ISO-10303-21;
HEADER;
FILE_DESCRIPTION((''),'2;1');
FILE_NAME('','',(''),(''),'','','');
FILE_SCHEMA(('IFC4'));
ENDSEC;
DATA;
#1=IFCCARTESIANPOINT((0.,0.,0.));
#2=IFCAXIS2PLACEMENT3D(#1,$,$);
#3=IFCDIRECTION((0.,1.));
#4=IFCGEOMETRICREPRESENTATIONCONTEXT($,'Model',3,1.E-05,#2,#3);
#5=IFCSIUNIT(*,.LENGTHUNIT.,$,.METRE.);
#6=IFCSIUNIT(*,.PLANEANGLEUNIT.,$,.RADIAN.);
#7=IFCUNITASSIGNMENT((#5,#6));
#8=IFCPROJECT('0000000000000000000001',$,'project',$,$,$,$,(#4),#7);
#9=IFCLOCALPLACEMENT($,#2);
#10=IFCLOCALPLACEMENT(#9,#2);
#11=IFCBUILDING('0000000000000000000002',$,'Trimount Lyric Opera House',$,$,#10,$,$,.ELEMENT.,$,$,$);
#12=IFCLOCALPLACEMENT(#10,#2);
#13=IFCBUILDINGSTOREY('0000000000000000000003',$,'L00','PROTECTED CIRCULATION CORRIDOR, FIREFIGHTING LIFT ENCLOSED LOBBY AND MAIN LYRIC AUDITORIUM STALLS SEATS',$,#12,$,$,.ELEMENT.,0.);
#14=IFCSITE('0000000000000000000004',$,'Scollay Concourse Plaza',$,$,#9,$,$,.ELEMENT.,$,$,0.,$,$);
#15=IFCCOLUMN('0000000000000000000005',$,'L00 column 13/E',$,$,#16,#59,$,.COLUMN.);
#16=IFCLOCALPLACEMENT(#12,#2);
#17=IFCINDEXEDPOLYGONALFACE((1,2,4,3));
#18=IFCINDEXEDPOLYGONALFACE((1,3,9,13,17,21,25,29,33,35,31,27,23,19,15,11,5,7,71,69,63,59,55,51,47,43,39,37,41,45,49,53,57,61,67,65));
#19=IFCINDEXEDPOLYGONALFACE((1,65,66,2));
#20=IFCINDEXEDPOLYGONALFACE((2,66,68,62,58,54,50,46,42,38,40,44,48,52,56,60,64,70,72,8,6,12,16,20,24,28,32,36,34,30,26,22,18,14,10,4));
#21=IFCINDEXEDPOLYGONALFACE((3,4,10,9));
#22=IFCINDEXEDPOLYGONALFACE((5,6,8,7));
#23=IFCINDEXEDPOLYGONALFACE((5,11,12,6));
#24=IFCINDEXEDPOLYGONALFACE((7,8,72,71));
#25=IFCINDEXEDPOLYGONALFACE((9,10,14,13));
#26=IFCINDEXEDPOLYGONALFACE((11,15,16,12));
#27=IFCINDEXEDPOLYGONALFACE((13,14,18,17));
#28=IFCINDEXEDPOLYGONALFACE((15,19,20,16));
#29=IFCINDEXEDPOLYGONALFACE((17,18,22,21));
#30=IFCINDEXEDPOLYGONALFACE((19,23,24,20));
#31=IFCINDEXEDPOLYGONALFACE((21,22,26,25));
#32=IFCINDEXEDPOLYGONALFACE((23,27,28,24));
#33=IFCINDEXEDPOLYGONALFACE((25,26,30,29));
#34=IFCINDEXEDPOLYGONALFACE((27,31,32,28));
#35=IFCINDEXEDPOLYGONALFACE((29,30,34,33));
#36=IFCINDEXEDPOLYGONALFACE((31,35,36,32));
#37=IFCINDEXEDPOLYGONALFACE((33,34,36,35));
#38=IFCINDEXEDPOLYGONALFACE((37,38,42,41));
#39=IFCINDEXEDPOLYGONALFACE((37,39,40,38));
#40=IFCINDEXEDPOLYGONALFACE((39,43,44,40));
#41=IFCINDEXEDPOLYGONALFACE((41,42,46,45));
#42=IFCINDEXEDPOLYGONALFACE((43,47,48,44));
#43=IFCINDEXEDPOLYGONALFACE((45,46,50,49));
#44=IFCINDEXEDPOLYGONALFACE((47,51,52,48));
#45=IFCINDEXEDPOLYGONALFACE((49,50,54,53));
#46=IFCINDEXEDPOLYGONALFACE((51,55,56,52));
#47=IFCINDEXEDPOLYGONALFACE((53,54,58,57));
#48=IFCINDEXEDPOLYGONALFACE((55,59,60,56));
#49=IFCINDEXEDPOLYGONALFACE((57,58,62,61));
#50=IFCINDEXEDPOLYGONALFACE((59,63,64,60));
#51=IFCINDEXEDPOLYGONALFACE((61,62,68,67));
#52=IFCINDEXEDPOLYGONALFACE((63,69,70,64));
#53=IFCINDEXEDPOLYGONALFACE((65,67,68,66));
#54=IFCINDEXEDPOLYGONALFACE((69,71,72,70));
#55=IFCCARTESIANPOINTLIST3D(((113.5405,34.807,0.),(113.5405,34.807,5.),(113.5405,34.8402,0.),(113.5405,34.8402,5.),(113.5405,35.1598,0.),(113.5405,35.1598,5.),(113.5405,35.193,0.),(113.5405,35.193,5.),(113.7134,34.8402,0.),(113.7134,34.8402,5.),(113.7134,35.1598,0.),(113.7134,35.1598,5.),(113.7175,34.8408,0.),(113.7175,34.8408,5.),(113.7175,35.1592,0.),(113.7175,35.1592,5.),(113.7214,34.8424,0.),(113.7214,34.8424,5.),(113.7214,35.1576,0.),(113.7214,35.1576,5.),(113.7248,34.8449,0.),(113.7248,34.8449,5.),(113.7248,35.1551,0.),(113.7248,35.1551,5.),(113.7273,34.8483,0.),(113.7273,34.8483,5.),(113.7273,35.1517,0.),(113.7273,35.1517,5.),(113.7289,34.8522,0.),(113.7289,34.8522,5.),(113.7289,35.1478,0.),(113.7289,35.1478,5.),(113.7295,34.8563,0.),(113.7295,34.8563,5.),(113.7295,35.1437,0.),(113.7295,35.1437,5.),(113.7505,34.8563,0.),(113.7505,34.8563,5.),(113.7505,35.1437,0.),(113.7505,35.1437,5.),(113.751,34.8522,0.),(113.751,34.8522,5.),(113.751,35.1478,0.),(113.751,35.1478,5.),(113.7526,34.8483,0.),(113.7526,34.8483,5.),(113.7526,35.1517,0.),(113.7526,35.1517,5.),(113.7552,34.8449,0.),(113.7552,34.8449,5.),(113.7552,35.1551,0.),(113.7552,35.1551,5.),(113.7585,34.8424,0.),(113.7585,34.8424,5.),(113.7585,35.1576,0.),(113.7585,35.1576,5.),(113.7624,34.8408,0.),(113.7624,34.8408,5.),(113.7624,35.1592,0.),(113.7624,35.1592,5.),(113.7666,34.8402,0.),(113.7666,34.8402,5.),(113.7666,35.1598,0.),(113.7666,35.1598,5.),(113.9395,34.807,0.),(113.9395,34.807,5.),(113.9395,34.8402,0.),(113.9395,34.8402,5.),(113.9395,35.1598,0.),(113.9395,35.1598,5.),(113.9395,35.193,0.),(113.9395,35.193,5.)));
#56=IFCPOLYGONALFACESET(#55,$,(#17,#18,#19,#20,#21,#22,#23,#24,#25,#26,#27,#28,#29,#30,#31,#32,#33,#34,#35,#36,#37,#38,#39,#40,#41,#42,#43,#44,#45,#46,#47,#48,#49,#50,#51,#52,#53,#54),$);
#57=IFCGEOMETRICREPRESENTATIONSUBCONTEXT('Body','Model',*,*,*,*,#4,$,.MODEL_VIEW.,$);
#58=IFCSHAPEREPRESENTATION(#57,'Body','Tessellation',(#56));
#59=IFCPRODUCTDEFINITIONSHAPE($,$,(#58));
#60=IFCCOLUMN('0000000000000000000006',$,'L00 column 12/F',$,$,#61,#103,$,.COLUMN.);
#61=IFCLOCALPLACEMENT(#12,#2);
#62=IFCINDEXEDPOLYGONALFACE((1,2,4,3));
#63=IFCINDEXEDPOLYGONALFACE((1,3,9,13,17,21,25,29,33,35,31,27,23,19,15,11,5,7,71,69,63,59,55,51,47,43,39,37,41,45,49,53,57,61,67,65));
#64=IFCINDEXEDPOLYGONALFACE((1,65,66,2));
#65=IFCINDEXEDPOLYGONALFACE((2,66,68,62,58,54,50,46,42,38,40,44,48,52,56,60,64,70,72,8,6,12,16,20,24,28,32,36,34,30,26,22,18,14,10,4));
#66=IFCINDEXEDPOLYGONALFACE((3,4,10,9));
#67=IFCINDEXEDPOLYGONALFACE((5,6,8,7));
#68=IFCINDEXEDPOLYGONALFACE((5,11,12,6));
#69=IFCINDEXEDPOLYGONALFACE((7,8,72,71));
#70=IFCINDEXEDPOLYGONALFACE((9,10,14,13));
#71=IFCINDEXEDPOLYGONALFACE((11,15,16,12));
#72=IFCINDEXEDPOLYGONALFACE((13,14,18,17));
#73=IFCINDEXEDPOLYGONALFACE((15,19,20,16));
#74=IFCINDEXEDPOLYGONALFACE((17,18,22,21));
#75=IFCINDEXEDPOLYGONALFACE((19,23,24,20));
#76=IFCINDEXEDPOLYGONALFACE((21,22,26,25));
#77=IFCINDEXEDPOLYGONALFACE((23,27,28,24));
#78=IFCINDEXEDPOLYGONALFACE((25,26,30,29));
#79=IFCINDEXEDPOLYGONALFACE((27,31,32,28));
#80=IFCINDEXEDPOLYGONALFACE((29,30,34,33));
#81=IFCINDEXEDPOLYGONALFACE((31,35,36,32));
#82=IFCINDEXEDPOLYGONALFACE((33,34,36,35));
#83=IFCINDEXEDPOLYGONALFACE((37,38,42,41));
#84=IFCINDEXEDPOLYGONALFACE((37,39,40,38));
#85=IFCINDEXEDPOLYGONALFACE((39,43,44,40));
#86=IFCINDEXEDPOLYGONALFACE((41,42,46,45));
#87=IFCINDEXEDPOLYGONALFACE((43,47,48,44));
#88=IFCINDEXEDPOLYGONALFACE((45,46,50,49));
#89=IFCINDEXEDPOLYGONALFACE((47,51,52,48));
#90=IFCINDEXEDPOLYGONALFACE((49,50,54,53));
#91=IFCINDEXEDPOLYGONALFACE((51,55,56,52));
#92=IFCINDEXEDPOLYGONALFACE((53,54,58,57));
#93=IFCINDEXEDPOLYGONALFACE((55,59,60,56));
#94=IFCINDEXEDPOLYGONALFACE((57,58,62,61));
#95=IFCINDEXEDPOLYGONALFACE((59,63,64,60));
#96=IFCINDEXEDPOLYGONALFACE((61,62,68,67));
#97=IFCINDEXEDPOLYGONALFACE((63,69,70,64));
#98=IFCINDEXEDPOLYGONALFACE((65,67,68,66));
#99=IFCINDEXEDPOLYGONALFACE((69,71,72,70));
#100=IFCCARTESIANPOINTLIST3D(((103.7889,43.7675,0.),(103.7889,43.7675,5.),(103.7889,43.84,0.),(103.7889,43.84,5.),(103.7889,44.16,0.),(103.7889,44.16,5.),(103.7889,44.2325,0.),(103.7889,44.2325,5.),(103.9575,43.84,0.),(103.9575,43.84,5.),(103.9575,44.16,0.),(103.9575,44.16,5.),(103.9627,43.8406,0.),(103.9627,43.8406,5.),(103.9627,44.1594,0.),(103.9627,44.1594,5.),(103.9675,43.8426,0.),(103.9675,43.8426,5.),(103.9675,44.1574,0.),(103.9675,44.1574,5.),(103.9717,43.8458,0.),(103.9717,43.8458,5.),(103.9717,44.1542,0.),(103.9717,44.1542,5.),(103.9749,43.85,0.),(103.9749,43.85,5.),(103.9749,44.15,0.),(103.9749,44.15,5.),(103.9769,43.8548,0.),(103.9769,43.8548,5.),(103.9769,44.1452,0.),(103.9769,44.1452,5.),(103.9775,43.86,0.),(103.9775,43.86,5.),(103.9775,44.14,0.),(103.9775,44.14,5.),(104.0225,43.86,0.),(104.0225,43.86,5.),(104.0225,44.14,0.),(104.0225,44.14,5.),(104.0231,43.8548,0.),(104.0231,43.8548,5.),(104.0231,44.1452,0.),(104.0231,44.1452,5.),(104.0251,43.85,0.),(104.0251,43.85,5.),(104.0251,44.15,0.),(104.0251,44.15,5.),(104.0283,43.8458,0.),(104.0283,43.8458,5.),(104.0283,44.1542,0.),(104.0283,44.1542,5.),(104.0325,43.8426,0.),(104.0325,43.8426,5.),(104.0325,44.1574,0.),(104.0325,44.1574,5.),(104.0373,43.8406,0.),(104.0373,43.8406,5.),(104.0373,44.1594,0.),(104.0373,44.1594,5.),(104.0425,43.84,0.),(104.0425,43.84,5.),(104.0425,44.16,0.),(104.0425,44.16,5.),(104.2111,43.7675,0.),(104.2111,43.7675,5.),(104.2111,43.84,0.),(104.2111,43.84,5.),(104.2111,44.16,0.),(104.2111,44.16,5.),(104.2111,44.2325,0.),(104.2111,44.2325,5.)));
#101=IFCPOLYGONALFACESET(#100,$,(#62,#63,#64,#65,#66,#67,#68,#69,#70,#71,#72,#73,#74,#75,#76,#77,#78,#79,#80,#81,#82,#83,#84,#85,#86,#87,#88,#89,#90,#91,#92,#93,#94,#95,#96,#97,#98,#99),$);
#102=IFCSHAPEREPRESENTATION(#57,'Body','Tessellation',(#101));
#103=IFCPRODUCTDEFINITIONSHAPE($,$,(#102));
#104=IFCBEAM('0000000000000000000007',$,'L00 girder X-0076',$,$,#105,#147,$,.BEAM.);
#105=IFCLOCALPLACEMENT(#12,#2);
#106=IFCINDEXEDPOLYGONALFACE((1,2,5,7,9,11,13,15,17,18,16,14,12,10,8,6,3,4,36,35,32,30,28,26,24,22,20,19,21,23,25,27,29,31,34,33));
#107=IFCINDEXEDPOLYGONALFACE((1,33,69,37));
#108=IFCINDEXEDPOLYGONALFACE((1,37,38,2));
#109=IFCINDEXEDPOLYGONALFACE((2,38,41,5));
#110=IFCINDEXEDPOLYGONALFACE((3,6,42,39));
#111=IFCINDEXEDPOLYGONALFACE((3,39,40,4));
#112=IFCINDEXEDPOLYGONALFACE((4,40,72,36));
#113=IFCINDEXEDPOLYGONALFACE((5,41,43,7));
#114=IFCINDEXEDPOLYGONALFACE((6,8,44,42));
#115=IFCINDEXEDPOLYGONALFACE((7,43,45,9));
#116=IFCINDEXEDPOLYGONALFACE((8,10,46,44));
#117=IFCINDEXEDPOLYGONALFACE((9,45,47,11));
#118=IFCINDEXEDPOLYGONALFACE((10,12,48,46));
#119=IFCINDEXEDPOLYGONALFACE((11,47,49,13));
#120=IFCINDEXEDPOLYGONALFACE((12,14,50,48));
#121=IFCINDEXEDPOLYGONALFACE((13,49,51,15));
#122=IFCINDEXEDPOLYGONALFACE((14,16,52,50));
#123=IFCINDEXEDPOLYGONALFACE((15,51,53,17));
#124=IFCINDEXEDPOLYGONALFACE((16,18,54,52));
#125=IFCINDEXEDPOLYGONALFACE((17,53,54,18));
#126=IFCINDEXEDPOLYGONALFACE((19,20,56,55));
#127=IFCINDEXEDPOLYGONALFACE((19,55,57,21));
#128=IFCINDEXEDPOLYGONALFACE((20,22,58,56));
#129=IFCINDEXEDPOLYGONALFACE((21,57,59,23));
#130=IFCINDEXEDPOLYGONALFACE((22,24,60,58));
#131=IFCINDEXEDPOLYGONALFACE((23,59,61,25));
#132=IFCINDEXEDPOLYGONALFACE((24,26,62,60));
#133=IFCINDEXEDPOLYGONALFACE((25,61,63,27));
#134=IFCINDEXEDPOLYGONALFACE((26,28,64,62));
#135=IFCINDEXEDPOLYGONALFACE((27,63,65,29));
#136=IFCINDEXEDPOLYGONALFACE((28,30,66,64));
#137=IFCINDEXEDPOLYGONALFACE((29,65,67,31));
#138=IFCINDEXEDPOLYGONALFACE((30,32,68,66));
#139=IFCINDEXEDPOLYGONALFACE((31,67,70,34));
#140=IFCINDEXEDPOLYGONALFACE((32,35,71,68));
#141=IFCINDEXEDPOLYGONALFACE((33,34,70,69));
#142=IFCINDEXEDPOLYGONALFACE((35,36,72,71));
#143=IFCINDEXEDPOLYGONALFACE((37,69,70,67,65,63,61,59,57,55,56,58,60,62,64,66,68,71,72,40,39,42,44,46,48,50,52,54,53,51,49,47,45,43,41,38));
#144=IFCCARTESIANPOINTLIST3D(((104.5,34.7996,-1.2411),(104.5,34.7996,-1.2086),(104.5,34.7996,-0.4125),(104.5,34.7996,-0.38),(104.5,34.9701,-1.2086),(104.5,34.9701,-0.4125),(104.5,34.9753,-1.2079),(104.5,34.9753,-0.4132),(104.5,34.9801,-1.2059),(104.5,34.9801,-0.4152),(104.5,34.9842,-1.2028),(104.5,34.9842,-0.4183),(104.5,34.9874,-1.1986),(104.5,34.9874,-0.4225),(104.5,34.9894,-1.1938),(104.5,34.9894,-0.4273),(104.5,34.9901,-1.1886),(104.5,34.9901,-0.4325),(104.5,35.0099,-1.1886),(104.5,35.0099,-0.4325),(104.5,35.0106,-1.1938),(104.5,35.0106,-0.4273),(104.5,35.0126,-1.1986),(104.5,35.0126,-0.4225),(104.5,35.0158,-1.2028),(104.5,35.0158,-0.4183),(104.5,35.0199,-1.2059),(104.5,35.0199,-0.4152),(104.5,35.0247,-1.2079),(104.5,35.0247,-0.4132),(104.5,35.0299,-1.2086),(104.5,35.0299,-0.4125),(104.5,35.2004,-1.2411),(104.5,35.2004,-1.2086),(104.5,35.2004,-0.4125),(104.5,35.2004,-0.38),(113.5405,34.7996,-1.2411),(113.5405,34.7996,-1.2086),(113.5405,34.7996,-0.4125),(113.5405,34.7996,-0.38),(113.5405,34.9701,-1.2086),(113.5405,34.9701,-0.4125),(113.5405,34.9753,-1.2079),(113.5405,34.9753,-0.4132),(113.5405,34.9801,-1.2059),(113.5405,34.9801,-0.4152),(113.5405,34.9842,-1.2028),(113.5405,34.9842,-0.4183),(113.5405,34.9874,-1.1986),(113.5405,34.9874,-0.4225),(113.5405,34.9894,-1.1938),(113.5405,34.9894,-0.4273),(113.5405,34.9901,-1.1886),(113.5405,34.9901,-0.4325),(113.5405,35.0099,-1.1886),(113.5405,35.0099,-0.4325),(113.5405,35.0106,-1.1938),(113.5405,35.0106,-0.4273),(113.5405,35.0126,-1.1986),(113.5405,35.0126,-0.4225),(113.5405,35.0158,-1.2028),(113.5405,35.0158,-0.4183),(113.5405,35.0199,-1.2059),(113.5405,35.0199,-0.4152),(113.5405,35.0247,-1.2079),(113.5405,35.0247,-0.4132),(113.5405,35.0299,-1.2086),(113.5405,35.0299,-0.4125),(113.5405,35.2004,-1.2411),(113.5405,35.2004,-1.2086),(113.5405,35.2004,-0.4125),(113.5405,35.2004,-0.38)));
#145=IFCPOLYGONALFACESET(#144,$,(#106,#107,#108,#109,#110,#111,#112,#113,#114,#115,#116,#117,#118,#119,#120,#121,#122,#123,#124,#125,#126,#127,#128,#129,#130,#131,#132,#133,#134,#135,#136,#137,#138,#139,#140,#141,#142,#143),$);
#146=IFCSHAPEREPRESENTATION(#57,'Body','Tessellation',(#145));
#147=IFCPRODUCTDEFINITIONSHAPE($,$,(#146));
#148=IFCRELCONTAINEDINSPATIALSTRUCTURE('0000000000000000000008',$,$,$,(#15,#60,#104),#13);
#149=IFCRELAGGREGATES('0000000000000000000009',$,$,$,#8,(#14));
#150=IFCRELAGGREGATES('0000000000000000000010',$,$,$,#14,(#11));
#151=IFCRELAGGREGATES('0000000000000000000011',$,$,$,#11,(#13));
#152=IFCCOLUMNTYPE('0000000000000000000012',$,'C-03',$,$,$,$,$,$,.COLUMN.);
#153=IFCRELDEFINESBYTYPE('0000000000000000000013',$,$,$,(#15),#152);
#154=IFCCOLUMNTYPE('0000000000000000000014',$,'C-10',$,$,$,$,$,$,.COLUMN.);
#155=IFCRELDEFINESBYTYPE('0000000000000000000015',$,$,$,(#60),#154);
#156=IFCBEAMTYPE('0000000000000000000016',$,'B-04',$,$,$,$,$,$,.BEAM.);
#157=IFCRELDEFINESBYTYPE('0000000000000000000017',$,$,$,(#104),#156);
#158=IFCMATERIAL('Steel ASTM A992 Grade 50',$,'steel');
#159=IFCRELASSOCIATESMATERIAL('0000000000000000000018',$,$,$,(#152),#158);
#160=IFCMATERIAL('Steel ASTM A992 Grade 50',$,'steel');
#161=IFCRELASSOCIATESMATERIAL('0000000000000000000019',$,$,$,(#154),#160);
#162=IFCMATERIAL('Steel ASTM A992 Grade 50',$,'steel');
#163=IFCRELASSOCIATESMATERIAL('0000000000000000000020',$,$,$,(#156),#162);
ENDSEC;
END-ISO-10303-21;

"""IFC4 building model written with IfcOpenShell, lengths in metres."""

from ifc_helpers import new_model, si_unit, direction, frame, origin, origin_2d, place, context, subcontext, project, spatial, i_section, extrude, material, material_profile, profile_set, type_object, element, save


model = new_model("IFC4")

# Units and contexts
model_context = context("Model", 3, precision=1e-05, world=origin(), true_north=direction((0.0, 1.0)))
body_context = subcontext(model_context, "Body", "Model", "MODEL_VIEW")
ifc_project = project(units=[si_unit("LENGTHUNIT", "METRE"), si_unit("PLANEANGLEUNIT", "RADIAN")], contexts=[model_context])

# Site, building, storey
site_placement = place(None, origin())
site = spatial("IfcSite", under=ifc_project, at=site_placement, Name="Scollay Concourse Plaza", CompositionType="ELEMENT", RefElevation=0.0)
building_placement = place(site_placement, origin())
building = spatial("IfcBuilding", under=site, at=building_placement, Name="Trimount Lyric Opera House", CompositionType="ELEMENT")
storey_placement = place(building_placement, origin())
storey = spatial("IfcBuildingStorey", under=building, at=storey_placement, Name="L00", Description="PROTECTED CIRCULATION CORRIDOR, FIREFIGHTING LIFT ENCLOSED LOBBY AND MAIN LYRIC AUDITORIUM STALLS SEATS", CompositionType="ELEMENT", Elevation=0.0)

# Columns
ifc_material_1 = material(Name="Steel ASTM A992 Grade 50", Category="steel")
ifc_material_profile_1 = material_profile(ifc_material_1, i_section(OverallWidth=0.3989, OverallDepth=0.386, WebThickness=0.021, FlangeThickness=0.0332, FilletRadius=0.0161, at=origin_2d()), Name="W14X176")
ifc_profile_set_1 = profile_set([ifc_material_profile_1], Name="Steel ASTM A992 Grade 50")
column_type_1 = type_object("IfcColumnType", Name="C-03", PredefinedType="COLUMN", material=ifc_profile_set_1)
column_1_placement = place(storey_placement, frame((113.74, 35.0, 0.0), z_axis=(0.0, 0.0, 1.0), x_axis=(1.0, 0.0, 0.0)))
element("IfcColumn", 1, at=column_1_placement, inside=storey, type_object=column_type_1, Name="L00 column 13/E", PredefinedType="COLUMN", context=body_context, shape_type="SweptSolid", body=[
    extrude(i_section(OverallWidth=0.3989, OverallDepth=0.386, WebThickness=0.021, FlangeThickness=0.0332, FilletRadius=0.0161, at=origin_2d()), origin(), (0.0, 0.0, 1.0), 5.0),
])
ifc_material_2 = material(Name="Steel ASTM A992 Grade 50", Category="steel")
ifc_material_profile_2 = material_profile(ifc_material_2, i_section(OverallWidth=0.4221, OverallDepth=0.4651, WebThickness=0.0449, FlangeThickness=0.0725, FilletRadius=0.02, at=origin_2d()), Name="W14X398")
ifc_profile_set_2 = profile_set([ifc_material_profile_2], Name="Steel ASTM A992 Grade 50")
column_type_2 = type_object("IfcColumnType", Name="C-10", PredefinedType="COLUMN", material=ifc_profile_set_2)
column_2_placement = place(storey_placement, frame((104.0, 44.0, 0.0), z_axis=(0.0, 0.0, 1.0), x_axis=(1.0, 0.0, 0.0)))
element("IfcColumn", 2, at=column_2_placement, inside=storey, type_object=column_type_2, Name="L00 column 12/F", PredefinedType="COLUMN", context=body_context, shape_type="SweptSolid", body=[
    extrude(i_section(OverallWidth=0.4221, OverallDepth=0.4651, WebThickness=0.0449, FlangeThickness=0.0725, FilletRadius=0.02, at=origin_2d()), origin(), (0.0, 0.0, 1.0), 5.0),
])

# Beam
ifc_material_3 = material(Name="Steel ASTM A992 Grade 50", Category="steel")
ifc_material_profile_3 = material_profile(ifc_material_3, i_section(OverallWidth=0.4009, OverallDepth=0.8611, WebThickness=0.0198, FlangeThickness=0.0325, FilletRadius=0.02, at=origin_2d()), Name="W33X221")
ifc_profile_set_3 = profile_set([ifc_material_profile_3], Name="Steel ASTM A992 Grade 50")
beam_type_1 = type_object("IfcBeamType", Name="B-04", PredefinedType="BEAM", material=ifc_profile_set_3)
beam_1_placement = place(storey_placement, frame((104.5, 35.0, -0.8105), z_axis=(1.0, 0.0, 0.0), x_axis=(0.0, 1.0, 0.0)))
element("IfcBeam", 3, at=beam_1_placement, inside=storey, type_object=beam_type_1, Name="L00 girder X-0076", PredefinedType="BEAM", context=body_context, shape_type="SweptSolid", body=[
    extrude(i_section(OverallWidth=0.4009, OverallDepth=0.8611, WebThickness=0.0198, FlangeThickness=0.0325, FilletRadius=0.02, at=origin_2d()), origin(), (0.0, 0.0, 1.0), 9.0405),
])

save(model, "model.ifc")
